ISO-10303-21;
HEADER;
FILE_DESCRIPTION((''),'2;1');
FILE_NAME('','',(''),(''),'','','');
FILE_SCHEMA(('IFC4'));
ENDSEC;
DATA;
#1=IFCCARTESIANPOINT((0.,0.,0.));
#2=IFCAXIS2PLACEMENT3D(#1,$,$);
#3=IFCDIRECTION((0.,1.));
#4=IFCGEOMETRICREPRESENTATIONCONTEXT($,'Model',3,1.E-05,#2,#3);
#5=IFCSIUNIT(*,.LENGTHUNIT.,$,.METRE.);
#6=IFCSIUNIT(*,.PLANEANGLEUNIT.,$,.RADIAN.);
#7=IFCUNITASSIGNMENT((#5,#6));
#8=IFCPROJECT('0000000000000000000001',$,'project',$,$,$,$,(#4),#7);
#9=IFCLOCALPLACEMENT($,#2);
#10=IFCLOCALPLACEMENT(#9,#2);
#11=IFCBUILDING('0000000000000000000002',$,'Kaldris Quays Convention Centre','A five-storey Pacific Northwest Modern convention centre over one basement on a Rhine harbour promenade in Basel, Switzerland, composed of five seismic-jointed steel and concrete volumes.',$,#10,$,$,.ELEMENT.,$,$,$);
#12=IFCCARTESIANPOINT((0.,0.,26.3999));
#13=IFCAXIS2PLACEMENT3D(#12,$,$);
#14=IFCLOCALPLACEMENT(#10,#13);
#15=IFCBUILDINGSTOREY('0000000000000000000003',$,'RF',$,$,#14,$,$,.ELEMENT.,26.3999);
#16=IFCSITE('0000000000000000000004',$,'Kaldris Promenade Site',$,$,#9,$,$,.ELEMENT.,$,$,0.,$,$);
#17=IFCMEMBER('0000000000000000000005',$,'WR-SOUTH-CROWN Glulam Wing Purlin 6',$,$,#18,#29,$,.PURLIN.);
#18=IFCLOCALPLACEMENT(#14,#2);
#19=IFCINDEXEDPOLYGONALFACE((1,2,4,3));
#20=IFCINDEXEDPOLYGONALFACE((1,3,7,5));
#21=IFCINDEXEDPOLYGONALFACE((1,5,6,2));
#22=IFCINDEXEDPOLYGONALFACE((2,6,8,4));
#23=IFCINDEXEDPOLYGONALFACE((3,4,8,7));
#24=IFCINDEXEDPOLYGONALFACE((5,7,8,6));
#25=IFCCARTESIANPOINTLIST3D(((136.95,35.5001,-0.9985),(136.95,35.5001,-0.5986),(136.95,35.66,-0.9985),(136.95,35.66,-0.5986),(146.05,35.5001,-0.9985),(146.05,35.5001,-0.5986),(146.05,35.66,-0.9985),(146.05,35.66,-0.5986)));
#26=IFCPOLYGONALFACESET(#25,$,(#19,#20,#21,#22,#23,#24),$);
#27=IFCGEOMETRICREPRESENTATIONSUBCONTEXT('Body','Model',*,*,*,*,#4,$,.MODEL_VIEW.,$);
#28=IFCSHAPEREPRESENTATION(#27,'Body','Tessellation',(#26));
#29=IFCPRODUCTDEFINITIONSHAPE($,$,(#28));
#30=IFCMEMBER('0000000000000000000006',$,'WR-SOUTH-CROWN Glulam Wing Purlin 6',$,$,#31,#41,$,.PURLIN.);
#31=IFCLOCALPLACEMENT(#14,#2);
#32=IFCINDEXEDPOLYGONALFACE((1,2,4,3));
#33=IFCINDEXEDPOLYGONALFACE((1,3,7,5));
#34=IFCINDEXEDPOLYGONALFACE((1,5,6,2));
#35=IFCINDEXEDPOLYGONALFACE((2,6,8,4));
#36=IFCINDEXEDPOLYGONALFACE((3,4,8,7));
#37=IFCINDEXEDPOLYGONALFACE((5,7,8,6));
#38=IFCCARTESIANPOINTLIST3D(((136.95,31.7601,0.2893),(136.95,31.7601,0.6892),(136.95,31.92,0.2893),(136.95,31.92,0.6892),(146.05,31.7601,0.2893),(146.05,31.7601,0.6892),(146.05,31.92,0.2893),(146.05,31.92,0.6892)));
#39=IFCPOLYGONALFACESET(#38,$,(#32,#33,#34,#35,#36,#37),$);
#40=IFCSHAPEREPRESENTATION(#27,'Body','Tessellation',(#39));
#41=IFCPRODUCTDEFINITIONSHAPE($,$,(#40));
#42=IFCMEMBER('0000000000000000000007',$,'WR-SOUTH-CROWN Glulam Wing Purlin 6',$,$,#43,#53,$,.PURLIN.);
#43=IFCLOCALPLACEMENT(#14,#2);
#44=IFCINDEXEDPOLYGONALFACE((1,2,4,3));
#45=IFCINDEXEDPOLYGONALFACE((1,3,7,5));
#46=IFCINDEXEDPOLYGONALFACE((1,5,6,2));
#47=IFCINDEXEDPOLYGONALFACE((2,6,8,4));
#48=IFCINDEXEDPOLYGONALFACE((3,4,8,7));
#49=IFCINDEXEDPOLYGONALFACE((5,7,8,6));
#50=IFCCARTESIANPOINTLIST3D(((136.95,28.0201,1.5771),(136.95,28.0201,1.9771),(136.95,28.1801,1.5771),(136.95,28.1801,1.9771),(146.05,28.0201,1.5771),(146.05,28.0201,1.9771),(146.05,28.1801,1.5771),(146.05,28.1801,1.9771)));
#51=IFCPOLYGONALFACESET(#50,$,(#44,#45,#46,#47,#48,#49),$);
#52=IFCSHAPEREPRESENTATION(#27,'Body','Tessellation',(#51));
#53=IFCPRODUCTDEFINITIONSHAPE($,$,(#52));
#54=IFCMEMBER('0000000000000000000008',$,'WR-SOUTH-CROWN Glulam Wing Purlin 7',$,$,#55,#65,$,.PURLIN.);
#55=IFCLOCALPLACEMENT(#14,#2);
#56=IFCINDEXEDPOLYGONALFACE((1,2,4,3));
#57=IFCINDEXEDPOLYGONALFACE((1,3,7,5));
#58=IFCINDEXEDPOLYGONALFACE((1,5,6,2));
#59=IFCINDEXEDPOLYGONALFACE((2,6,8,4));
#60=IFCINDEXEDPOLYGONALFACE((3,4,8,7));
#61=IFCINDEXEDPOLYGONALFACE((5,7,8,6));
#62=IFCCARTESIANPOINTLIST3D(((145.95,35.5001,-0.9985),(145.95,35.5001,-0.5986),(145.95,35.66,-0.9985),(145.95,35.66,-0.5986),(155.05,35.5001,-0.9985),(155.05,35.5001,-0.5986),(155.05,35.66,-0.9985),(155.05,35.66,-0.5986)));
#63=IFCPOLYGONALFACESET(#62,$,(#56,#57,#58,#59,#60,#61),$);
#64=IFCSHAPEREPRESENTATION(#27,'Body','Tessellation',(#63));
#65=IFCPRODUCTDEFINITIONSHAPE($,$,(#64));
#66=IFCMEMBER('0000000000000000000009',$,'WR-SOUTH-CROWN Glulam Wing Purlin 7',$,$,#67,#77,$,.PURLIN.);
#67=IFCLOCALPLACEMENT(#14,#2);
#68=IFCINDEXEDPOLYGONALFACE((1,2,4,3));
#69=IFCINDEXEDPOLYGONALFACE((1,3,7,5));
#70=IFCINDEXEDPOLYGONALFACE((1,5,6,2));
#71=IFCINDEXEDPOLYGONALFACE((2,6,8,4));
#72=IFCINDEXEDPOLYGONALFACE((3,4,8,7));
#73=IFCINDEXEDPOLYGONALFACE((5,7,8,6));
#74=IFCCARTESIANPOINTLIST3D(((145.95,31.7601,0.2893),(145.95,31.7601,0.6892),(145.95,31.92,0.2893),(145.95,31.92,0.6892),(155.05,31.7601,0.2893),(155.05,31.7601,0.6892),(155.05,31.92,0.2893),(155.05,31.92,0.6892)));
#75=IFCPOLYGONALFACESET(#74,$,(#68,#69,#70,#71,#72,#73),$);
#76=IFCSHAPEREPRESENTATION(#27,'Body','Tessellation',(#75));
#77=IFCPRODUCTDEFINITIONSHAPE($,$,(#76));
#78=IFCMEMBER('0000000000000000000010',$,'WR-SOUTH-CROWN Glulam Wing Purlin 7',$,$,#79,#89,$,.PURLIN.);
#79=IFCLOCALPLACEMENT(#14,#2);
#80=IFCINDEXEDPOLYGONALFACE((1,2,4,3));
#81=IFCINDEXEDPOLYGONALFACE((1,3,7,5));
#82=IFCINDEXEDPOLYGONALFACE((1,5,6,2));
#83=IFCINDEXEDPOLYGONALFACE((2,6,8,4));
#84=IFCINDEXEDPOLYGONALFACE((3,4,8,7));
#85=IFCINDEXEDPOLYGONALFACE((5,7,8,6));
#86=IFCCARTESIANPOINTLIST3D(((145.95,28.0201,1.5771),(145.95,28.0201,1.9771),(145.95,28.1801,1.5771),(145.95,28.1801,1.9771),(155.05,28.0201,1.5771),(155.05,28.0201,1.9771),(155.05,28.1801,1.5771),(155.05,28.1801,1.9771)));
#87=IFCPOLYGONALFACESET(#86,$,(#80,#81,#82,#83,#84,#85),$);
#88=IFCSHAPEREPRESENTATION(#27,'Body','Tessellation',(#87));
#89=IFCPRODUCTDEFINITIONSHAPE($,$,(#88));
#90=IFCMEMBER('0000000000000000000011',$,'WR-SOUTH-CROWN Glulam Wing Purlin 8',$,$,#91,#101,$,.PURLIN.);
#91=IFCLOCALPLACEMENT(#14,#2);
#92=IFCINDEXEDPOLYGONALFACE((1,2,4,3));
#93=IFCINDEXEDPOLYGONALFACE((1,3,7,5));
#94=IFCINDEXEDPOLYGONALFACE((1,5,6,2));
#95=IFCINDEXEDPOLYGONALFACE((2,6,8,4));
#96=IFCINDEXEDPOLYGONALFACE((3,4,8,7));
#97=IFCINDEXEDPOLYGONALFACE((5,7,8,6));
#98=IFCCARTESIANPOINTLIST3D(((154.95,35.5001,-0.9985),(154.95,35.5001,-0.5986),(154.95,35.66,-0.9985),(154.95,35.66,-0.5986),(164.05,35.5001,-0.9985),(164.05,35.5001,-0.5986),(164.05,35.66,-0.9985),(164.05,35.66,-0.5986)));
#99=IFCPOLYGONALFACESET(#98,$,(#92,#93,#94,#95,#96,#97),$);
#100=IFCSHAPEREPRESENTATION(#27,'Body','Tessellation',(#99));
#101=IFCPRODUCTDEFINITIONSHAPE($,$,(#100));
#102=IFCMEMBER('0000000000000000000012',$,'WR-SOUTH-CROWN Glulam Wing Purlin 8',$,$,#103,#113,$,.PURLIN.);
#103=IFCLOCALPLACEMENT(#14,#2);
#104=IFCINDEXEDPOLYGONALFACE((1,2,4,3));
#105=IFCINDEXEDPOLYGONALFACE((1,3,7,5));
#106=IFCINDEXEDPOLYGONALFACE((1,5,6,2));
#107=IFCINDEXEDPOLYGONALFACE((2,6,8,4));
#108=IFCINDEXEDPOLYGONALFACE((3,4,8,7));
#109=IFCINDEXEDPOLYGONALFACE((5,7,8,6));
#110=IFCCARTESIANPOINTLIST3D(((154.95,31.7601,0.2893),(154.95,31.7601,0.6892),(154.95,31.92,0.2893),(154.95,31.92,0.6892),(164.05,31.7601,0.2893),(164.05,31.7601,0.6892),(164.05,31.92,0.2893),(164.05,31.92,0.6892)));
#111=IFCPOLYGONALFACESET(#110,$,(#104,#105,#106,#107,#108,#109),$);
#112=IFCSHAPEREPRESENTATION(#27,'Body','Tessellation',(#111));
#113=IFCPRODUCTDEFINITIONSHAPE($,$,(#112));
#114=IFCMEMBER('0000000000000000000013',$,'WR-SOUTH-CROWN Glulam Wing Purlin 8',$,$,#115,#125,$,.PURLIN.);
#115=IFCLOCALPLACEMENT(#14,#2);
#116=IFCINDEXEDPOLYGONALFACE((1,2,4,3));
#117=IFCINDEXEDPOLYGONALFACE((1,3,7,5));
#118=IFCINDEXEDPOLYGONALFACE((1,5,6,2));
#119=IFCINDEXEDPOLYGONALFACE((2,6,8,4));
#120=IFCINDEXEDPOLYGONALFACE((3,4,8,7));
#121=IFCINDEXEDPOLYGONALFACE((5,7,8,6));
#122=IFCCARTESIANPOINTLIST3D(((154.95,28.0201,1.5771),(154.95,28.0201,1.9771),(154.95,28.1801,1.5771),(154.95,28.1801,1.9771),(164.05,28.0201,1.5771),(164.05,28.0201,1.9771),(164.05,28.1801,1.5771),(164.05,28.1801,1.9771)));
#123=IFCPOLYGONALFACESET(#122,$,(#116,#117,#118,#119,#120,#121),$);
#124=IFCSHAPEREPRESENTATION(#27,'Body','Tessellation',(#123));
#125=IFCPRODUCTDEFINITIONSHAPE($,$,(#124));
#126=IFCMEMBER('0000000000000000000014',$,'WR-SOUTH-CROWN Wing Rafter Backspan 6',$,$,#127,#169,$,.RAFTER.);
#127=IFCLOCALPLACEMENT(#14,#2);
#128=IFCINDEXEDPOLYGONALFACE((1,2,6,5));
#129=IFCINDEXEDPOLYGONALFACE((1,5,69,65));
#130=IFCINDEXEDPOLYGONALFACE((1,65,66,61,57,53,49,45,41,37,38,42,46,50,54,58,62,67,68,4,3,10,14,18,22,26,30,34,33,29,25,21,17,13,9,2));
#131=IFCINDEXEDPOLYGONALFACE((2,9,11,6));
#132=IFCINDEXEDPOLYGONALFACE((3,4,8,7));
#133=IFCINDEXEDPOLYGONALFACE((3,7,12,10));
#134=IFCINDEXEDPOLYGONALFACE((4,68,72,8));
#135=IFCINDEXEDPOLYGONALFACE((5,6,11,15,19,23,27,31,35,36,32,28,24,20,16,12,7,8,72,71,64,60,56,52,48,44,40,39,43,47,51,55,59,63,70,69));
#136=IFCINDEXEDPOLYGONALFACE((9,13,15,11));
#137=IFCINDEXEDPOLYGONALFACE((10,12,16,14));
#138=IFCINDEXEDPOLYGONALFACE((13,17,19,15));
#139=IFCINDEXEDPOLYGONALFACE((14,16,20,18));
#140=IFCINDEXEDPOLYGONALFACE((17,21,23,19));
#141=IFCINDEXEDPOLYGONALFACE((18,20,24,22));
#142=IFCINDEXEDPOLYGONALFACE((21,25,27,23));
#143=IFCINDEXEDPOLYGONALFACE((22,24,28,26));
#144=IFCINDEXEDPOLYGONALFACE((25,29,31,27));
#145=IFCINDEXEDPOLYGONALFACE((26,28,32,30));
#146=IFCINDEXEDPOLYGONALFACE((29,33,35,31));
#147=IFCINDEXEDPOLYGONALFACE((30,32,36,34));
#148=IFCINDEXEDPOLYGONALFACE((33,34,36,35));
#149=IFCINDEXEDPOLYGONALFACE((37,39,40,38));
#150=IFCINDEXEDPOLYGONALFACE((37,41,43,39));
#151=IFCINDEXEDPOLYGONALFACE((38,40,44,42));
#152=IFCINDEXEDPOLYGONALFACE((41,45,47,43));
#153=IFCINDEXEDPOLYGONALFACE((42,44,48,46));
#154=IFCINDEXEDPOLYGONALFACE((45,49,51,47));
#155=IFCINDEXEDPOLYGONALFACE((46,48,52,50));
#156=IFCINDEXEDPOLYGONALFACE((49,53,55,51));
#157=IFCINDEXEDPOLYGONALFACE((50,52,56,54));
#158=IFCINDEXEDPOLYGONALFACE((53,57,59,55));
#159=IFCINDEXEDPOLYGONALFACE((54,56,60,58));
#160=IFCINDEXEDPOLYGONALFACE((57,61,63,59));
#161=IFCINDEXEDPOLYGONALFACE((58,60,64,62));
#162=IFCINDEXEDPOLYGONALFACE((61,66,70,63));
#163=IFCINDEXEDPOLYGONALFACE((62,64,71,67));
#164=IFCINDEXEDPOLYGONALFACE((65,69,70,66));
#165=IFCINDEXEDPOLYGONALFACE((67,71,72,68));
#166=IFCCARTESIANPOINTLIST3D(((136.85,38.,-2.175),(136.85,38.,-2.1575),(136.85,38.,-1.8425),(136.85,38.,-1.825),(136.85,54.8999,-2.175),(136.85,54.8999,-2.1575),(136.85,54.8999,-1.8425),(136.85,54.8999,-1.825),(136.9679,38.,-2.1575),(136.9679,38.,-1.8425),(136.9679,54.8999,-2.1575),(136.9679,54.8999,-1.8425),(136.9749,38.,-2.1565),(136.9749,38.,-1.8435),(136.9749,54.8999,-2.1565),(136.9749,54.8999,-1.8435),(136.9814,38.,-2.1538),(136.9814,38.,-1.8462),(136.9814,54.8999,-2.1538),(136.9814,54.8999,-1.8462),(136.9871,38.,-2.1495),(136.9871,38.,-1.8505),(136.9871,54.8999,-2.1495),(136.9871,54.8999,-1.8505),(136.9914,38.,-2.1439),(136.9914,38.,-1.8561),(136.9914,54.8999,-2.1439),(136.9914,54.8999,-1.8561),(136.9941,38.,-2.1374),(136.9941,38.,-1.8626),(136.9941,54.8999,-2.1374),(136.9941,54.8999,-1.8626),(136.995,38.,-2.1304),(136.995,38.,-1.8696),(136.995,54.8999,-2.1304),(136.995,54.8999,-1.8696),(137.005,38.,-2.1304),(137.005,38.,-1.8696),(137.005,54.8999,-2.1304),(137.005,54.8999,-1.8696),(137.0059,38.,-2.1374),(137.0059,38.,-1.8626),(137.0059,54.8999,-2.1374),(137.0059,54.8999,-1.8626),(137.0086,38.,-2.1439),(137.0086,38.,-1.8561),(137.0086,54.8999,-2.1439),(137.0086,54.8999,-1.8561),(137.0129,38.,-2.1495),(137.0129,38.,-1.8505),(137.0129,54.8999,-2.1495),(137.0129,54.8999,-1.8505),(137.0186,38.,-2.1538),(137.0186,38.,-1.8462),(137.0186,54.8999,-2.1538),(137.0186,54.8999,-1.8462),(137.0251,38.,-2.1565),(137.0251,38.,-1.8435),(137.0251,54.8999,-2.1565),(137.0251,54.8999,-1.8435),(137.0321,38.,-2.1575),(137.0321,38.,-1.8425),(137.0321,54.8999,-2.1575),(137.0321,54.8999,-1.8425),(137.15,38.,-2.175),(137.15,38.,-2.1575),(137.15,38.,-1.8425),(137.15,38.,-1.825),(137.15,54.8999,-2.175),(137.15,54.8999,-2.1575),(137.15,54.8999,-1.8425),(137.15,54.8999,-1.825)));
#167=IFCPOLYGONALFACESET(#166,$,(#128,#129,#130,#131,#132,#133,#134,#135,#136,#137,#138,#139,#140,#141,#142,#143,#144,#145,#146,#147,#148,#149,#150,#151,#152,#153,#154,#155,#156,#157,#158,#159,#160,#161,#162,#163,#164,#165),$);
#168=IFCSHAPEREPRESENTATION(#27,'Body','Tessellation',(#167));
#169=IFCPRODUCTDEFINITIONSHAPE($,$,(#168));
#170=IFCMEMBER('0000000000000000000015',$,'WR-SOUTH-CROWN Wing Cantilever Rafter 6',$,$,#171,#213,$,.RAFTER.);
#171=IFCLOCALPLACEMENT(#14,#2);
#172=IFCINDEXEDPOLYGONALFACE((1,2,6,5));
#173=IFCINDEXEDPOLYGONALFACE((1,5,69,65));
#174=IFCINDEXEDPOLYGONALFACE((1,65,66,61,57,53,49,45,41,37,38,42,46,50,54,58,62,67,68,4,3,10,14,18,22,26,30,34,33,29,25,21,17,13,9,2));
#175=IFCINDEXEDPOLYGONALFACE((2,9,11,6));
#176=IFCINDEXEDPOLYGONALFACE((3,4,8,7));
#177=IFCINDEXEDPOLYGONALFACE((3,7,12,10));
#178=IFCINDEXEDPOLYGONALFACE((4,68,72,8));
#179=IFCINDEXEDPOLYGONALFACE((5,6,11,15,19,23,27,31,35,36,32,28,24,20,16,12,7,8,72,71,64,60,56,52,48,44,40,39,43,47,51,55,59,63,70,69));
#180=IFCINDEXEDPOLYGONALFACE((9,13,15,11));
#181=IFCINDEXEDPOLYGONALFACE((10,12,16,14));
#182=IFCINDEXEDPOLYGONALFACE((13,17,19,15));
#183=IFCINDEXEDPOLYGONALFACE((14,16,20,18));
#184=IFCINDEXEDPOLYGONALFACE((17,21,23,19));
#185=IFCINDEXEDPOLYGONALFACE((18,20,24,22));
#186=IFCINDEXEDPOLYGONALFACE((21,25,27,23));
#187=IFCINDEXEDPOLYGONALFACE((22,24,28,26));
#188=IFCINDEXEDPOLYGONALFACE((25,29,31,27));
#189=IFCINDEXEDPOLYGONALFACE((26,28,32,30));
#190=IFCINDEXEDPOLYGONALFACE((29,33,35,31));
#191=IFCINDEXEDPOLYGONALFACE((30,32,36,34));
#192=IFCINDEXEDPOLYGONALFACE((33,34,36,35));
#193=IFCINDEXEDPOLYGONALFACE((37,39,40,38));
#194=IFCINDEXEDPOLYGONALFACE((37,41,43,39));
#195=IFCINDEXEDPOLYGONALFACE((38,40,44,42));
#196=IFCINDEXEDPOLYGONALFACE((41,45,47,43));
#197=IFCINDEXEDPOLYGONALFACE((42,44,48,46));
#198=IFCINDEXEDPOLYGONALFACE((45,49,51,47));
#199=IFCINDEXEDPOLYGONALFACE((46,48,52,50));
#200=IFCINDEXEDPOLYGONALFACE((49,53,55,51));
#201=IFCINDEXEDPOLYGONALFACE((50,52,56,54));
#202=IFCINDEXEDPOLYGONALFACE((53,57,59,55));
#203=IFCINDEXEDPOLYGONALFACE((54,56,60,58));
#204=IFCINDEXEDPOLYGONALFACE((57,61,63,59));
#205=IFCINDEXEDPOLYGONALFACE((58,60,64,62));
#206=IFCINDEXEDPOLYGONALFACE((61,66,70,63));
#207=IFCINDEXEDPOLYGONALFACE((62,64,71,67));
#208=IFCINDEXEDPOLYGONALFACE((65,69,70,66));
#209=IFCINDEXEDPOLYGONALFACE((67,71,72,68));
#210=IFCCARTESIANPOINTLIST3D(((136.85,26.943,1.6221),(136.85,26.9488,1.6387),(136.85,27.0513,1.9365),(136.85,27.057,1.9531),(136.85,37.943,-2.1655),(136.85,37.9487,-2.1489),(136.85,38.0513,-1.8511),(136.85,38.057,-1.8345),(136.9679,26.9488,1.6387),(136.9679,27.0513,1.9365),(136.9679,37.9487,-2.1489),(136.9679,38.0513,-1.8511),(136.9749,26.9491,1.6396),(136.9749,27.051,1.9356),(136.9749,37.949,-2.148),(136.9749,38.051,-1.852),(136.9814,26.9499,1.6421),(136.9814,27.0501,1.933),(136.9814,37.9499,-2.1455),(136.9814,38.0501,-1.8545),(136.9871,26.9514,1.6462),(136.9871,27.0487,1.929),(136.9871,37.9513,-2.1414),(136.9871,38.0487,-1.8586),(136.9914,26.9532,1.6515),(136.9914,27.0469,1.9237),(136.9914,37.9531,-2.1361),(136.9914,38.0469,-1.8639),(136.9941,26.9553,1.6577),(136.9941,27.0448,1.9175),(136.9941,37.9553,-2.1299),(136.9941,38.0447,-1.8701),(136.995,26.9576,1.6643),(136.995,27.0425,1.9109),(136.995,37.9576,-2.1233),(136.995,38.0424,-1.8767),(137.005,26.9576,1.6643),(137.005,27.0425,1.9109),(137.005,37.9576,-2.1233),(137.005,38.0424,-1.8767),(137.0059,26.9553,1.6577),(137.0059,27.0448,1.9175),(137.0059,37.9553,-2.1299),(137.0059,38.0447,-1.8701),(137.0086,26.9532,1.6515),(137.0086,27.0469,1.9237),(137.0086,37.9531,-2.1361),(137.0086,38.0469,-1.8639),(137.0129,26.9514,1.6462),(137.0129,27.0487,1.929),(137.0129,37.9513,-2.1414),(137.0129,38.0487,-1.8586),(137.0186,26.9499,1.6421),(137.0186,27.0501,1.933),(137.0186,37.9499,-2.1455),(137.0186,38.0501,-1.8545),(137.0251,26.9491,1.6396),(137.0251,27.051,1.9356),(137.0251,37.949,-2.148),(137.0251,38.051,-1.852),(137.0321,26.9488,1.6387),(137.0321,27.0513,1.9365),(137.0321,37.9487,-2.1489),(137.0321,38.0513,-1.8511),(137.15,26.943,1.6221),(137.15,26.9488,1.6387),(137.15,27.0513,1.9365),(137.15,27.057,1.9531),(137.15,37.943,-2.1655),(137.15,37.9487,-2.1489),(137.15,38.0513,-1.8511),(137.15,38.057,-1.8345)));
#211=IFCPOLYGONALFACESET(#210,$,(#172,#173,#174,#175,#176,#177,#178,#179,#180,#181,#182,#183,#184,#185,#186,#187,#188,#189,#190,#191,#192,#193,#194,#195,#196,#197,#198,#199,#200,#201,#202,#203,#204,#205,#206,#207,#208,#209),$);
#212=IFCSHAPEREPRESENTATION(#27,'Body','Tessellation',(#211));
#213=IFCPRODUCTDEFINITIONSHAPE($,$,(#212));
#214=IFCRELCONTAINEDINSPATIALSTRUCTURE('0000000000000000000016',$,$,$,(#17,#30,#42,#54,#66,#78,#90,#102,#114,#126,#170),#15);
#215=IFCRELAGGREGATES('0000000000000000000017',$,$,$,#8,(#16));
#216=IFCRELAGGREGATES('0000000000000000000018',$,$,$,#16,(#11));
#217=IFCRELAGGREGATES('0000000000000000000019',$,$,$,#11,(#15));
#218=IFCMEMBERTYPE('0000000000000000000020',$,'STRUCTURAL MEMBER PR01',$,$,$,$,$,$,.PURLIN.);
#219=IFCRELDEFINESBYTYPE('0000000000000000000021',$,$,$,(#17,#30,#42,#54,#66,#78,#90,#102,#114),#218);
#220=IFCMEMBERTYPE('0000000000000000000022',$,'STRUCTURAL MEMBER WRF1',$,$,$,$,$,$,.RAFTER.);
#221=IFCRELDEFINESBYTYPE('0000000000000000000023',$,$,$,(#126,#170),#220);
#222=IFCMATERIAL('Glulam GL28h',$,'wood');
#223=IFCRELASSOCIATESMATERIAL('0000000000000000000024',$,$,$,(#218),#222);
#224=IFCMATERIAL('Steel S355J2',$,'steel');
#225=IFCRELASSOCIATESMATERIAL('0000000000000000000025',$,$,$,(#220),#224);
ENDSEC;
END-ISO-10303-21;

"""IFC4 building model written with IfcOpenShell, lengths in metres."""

from ifc_helpers import new_model, si_unit, direction, frame, origin, origin_2d, place, context, subcontext, project, spatial, rectangle, i_section, extrude, material, material_profile, profile_set, type_object, element, save


model = new_model("IFC4")

# Units and contexts
model_context = context("Model", 3, precision=1e-05, world=origin(), true_north=direction((0.0, 1.0)))
body_context = subcontext(model_context, "Body", "Model", "MODEL_VIEW")
ifc_project = project(units=[si_unit("LENGTHUNIT", "METRE"), si_unit("PLANEANGLEUNIT", "RADIAN")], contexts=[model_context])

# Site, building, storey
site_placement = place(None, origin())
site = spatial("IfcSite", under=ifc_project, at=site_placement, Name="Kaldris Promenade Site", CompositionType="ELEMENT", RefElevation=0.0)
building_placement = place(site_placement, origin())
building = spatial("IfcBuilding", under=site, at=building_placement, Name="Kaldris Quays Convention Centre", Description="A five-storey Pacific Northwest Modern convention centre over one basement on a Rhine harbour promenade in Basel, Switzerland, composed of five seismic-jointed steel and concrete volumes.", CompositionType="ELEMENT")
storey_placement = place(building_placement, frame((0.0, 0.0, 26.3999)))
storey = spatial("IfcBuildingStorey", under=building, at=storey_placement, Name="RF", CompositionType="ELEMENT", Elevation=26.3999)

# Members
ifc_material_1 = material(Name="Glulam GL28h", Category="wood")
ifc_material_profile_1 = material_profile(ifc_material_1, rectangle(XDim=0.1599, YDim=0.3999, at=origin_2d()), Name="GL 160x400")
ifc_profile_set_1 = profile_set([ifc_material_profile_1], Name="Glulam GL28h")
member_type_1 = type_object("IfcMemberType", Name="STRUCTURAL MEMBER PR01", PredefinedType="PURLIN", material=ifc_profile_set_1)
for number, where, z_axis, x_axis, name in (
    (1, (136.95, 35.5801, -0.7986), (1.0, 0.0, 0.0), (0.0, 1.0, 0.0), "WR-SOUTH-CROWN Glulam Wing Purlin 6"),
    (2, (136.95, 31.8401, 0.4893), (1.0, 0.0, 0.0), (0.0, 1.0, 0.0), "WR-SOUTH-CROWN Glulam Wing Purlin 6"),
    (3, (136.95, 28.1001, 1.7771), (1.0, 0.0, 0.0), (0.0, 1.0, 0.0), "WR-SOUTH-CROWN Glulam Wing Purlin 6"),
    (4, (145.95, 35.5801, -0.7986), (1.0, 0.0, 0.0), (0.0, 1.0, 0.0), "WR-SOUTH-CROWN Glulam Wing Purlin 7"),
    (5, (145.95, 31.8401, 0.4893), (1.0, 0.0, 0.0), (0.0, 1.0, 0.0), "WR-SOUTH-CROWN Glulam Wing Purlin 7"),
    (6, (145.95, 28.1001, 1.7771), (1.0, 0.0, 0.0), (0.0, 1.0, 0.0), "WR-SOUTH-CROWN Glulam Wing Purlin 7"),
    (7, (154.95, 35.5801, -0.7986), (1.0, 0.0, 0.0), (0.0, 1.0, 0.0), "WR-SOUTH-CROWN Glulam Wing Purlin 8"),
    (8, (154.95, 31.8401, 0.4893), (1.0, 0.0, 0.0), (0.0, 1.0, 0.0), "WR-SOUTH-CROWN Glulam Wing Purlin 8"),
    (9, (154.95, 28.1001, 1.7771), (1.0, 0.0, 0.0), (0.0, 1.0, 0.0), "WR-SOUTH-CROWN Glulam Wing Purlin 8"),
):
    element("IfcMember", number, at=place(storey_placement, frame(where, z_axis=z_axis, x_axis=x_axis)), inside=storey, type_object=member_type_1, Name=name, PredefinedType="PURLIN", context=body_context, shape_type="SweptSolid", body=[
        extrude(rectangle(XDim=0.1599, YDim=0.3999, at=origin_2d()), origin(), (0.0, 0.0, 1.0), 9.1001),
    ])
ifc_material_2 = material(Name="Steel S355J2", Category="steel")
ifc_material_profile_2 = material_profile(ifc_material_2, i_section(OverallWidth=0.3, OverallDepth=0.3501, WebThickness=0.01, FlangeThickness=0.0176, FilletRadius=0.0271, at=origin_2d()), Name="HEA 360")
ifc_profile_set_2 = profile_set([ifc_material_profile_2], Name="Steel S355J2")
member_type_2 = type_object("IfcMemberType", Name="STRUCTURAL MEMBER WRF1", PredefinedType="RAFTER", material=ifc_profile_set_2)
member_1_placement = place(storey_placement, frame((137.0, 54.8999, -2.0), z_axis=(0.0, -1.0, 0.0), x_axis=(1.0, 0.0, 0.0)))
element("IfcMember", 10, at=member_1_placement, inside=storey, type_object=member_type_2, Name="WR-SOUTH-CROWN Wing Rafter Backspan 6", PredefinedType="RAFTER", context=body_context, shape_type="SweptSolid", body=[
    extrude(i_section(OverallWidth=0.3, OverallDepth=0.3501, WebThickness=0.01, FlangeThickness=0.0176, FilletRadius=0.0271, at=origin_2d()), origin(), (0.0, 0.0, 1.0), 16.8999),
])
member_2_placement = place(storey_placement, frame((137.0, 38.0, -2.0), z_axis=(0.0, -0.945519, 0.325568), x_axis=(1.0, 0.0, 0.0)))
element("IfcMember", 11, at=member_2_placement, inside=storey, type_object=member_type_2, Name="WR-SOUTH-CROWN Wing Cantilever Rafter 6", PredefinedType="RAFTER", context=body_context, shape_type="SweptSolid", body=[
    extrude(i_section(OverallWidth=0.3, OverallDepth=0.3501, WebThickness=0.01, FlangeThickness=0.0176, FilletRadius=0.0271, at=origin_2d()), origin(), (0.0, 0.0, 1.0), 11.6338),
])

save(model, "model.ifc")
